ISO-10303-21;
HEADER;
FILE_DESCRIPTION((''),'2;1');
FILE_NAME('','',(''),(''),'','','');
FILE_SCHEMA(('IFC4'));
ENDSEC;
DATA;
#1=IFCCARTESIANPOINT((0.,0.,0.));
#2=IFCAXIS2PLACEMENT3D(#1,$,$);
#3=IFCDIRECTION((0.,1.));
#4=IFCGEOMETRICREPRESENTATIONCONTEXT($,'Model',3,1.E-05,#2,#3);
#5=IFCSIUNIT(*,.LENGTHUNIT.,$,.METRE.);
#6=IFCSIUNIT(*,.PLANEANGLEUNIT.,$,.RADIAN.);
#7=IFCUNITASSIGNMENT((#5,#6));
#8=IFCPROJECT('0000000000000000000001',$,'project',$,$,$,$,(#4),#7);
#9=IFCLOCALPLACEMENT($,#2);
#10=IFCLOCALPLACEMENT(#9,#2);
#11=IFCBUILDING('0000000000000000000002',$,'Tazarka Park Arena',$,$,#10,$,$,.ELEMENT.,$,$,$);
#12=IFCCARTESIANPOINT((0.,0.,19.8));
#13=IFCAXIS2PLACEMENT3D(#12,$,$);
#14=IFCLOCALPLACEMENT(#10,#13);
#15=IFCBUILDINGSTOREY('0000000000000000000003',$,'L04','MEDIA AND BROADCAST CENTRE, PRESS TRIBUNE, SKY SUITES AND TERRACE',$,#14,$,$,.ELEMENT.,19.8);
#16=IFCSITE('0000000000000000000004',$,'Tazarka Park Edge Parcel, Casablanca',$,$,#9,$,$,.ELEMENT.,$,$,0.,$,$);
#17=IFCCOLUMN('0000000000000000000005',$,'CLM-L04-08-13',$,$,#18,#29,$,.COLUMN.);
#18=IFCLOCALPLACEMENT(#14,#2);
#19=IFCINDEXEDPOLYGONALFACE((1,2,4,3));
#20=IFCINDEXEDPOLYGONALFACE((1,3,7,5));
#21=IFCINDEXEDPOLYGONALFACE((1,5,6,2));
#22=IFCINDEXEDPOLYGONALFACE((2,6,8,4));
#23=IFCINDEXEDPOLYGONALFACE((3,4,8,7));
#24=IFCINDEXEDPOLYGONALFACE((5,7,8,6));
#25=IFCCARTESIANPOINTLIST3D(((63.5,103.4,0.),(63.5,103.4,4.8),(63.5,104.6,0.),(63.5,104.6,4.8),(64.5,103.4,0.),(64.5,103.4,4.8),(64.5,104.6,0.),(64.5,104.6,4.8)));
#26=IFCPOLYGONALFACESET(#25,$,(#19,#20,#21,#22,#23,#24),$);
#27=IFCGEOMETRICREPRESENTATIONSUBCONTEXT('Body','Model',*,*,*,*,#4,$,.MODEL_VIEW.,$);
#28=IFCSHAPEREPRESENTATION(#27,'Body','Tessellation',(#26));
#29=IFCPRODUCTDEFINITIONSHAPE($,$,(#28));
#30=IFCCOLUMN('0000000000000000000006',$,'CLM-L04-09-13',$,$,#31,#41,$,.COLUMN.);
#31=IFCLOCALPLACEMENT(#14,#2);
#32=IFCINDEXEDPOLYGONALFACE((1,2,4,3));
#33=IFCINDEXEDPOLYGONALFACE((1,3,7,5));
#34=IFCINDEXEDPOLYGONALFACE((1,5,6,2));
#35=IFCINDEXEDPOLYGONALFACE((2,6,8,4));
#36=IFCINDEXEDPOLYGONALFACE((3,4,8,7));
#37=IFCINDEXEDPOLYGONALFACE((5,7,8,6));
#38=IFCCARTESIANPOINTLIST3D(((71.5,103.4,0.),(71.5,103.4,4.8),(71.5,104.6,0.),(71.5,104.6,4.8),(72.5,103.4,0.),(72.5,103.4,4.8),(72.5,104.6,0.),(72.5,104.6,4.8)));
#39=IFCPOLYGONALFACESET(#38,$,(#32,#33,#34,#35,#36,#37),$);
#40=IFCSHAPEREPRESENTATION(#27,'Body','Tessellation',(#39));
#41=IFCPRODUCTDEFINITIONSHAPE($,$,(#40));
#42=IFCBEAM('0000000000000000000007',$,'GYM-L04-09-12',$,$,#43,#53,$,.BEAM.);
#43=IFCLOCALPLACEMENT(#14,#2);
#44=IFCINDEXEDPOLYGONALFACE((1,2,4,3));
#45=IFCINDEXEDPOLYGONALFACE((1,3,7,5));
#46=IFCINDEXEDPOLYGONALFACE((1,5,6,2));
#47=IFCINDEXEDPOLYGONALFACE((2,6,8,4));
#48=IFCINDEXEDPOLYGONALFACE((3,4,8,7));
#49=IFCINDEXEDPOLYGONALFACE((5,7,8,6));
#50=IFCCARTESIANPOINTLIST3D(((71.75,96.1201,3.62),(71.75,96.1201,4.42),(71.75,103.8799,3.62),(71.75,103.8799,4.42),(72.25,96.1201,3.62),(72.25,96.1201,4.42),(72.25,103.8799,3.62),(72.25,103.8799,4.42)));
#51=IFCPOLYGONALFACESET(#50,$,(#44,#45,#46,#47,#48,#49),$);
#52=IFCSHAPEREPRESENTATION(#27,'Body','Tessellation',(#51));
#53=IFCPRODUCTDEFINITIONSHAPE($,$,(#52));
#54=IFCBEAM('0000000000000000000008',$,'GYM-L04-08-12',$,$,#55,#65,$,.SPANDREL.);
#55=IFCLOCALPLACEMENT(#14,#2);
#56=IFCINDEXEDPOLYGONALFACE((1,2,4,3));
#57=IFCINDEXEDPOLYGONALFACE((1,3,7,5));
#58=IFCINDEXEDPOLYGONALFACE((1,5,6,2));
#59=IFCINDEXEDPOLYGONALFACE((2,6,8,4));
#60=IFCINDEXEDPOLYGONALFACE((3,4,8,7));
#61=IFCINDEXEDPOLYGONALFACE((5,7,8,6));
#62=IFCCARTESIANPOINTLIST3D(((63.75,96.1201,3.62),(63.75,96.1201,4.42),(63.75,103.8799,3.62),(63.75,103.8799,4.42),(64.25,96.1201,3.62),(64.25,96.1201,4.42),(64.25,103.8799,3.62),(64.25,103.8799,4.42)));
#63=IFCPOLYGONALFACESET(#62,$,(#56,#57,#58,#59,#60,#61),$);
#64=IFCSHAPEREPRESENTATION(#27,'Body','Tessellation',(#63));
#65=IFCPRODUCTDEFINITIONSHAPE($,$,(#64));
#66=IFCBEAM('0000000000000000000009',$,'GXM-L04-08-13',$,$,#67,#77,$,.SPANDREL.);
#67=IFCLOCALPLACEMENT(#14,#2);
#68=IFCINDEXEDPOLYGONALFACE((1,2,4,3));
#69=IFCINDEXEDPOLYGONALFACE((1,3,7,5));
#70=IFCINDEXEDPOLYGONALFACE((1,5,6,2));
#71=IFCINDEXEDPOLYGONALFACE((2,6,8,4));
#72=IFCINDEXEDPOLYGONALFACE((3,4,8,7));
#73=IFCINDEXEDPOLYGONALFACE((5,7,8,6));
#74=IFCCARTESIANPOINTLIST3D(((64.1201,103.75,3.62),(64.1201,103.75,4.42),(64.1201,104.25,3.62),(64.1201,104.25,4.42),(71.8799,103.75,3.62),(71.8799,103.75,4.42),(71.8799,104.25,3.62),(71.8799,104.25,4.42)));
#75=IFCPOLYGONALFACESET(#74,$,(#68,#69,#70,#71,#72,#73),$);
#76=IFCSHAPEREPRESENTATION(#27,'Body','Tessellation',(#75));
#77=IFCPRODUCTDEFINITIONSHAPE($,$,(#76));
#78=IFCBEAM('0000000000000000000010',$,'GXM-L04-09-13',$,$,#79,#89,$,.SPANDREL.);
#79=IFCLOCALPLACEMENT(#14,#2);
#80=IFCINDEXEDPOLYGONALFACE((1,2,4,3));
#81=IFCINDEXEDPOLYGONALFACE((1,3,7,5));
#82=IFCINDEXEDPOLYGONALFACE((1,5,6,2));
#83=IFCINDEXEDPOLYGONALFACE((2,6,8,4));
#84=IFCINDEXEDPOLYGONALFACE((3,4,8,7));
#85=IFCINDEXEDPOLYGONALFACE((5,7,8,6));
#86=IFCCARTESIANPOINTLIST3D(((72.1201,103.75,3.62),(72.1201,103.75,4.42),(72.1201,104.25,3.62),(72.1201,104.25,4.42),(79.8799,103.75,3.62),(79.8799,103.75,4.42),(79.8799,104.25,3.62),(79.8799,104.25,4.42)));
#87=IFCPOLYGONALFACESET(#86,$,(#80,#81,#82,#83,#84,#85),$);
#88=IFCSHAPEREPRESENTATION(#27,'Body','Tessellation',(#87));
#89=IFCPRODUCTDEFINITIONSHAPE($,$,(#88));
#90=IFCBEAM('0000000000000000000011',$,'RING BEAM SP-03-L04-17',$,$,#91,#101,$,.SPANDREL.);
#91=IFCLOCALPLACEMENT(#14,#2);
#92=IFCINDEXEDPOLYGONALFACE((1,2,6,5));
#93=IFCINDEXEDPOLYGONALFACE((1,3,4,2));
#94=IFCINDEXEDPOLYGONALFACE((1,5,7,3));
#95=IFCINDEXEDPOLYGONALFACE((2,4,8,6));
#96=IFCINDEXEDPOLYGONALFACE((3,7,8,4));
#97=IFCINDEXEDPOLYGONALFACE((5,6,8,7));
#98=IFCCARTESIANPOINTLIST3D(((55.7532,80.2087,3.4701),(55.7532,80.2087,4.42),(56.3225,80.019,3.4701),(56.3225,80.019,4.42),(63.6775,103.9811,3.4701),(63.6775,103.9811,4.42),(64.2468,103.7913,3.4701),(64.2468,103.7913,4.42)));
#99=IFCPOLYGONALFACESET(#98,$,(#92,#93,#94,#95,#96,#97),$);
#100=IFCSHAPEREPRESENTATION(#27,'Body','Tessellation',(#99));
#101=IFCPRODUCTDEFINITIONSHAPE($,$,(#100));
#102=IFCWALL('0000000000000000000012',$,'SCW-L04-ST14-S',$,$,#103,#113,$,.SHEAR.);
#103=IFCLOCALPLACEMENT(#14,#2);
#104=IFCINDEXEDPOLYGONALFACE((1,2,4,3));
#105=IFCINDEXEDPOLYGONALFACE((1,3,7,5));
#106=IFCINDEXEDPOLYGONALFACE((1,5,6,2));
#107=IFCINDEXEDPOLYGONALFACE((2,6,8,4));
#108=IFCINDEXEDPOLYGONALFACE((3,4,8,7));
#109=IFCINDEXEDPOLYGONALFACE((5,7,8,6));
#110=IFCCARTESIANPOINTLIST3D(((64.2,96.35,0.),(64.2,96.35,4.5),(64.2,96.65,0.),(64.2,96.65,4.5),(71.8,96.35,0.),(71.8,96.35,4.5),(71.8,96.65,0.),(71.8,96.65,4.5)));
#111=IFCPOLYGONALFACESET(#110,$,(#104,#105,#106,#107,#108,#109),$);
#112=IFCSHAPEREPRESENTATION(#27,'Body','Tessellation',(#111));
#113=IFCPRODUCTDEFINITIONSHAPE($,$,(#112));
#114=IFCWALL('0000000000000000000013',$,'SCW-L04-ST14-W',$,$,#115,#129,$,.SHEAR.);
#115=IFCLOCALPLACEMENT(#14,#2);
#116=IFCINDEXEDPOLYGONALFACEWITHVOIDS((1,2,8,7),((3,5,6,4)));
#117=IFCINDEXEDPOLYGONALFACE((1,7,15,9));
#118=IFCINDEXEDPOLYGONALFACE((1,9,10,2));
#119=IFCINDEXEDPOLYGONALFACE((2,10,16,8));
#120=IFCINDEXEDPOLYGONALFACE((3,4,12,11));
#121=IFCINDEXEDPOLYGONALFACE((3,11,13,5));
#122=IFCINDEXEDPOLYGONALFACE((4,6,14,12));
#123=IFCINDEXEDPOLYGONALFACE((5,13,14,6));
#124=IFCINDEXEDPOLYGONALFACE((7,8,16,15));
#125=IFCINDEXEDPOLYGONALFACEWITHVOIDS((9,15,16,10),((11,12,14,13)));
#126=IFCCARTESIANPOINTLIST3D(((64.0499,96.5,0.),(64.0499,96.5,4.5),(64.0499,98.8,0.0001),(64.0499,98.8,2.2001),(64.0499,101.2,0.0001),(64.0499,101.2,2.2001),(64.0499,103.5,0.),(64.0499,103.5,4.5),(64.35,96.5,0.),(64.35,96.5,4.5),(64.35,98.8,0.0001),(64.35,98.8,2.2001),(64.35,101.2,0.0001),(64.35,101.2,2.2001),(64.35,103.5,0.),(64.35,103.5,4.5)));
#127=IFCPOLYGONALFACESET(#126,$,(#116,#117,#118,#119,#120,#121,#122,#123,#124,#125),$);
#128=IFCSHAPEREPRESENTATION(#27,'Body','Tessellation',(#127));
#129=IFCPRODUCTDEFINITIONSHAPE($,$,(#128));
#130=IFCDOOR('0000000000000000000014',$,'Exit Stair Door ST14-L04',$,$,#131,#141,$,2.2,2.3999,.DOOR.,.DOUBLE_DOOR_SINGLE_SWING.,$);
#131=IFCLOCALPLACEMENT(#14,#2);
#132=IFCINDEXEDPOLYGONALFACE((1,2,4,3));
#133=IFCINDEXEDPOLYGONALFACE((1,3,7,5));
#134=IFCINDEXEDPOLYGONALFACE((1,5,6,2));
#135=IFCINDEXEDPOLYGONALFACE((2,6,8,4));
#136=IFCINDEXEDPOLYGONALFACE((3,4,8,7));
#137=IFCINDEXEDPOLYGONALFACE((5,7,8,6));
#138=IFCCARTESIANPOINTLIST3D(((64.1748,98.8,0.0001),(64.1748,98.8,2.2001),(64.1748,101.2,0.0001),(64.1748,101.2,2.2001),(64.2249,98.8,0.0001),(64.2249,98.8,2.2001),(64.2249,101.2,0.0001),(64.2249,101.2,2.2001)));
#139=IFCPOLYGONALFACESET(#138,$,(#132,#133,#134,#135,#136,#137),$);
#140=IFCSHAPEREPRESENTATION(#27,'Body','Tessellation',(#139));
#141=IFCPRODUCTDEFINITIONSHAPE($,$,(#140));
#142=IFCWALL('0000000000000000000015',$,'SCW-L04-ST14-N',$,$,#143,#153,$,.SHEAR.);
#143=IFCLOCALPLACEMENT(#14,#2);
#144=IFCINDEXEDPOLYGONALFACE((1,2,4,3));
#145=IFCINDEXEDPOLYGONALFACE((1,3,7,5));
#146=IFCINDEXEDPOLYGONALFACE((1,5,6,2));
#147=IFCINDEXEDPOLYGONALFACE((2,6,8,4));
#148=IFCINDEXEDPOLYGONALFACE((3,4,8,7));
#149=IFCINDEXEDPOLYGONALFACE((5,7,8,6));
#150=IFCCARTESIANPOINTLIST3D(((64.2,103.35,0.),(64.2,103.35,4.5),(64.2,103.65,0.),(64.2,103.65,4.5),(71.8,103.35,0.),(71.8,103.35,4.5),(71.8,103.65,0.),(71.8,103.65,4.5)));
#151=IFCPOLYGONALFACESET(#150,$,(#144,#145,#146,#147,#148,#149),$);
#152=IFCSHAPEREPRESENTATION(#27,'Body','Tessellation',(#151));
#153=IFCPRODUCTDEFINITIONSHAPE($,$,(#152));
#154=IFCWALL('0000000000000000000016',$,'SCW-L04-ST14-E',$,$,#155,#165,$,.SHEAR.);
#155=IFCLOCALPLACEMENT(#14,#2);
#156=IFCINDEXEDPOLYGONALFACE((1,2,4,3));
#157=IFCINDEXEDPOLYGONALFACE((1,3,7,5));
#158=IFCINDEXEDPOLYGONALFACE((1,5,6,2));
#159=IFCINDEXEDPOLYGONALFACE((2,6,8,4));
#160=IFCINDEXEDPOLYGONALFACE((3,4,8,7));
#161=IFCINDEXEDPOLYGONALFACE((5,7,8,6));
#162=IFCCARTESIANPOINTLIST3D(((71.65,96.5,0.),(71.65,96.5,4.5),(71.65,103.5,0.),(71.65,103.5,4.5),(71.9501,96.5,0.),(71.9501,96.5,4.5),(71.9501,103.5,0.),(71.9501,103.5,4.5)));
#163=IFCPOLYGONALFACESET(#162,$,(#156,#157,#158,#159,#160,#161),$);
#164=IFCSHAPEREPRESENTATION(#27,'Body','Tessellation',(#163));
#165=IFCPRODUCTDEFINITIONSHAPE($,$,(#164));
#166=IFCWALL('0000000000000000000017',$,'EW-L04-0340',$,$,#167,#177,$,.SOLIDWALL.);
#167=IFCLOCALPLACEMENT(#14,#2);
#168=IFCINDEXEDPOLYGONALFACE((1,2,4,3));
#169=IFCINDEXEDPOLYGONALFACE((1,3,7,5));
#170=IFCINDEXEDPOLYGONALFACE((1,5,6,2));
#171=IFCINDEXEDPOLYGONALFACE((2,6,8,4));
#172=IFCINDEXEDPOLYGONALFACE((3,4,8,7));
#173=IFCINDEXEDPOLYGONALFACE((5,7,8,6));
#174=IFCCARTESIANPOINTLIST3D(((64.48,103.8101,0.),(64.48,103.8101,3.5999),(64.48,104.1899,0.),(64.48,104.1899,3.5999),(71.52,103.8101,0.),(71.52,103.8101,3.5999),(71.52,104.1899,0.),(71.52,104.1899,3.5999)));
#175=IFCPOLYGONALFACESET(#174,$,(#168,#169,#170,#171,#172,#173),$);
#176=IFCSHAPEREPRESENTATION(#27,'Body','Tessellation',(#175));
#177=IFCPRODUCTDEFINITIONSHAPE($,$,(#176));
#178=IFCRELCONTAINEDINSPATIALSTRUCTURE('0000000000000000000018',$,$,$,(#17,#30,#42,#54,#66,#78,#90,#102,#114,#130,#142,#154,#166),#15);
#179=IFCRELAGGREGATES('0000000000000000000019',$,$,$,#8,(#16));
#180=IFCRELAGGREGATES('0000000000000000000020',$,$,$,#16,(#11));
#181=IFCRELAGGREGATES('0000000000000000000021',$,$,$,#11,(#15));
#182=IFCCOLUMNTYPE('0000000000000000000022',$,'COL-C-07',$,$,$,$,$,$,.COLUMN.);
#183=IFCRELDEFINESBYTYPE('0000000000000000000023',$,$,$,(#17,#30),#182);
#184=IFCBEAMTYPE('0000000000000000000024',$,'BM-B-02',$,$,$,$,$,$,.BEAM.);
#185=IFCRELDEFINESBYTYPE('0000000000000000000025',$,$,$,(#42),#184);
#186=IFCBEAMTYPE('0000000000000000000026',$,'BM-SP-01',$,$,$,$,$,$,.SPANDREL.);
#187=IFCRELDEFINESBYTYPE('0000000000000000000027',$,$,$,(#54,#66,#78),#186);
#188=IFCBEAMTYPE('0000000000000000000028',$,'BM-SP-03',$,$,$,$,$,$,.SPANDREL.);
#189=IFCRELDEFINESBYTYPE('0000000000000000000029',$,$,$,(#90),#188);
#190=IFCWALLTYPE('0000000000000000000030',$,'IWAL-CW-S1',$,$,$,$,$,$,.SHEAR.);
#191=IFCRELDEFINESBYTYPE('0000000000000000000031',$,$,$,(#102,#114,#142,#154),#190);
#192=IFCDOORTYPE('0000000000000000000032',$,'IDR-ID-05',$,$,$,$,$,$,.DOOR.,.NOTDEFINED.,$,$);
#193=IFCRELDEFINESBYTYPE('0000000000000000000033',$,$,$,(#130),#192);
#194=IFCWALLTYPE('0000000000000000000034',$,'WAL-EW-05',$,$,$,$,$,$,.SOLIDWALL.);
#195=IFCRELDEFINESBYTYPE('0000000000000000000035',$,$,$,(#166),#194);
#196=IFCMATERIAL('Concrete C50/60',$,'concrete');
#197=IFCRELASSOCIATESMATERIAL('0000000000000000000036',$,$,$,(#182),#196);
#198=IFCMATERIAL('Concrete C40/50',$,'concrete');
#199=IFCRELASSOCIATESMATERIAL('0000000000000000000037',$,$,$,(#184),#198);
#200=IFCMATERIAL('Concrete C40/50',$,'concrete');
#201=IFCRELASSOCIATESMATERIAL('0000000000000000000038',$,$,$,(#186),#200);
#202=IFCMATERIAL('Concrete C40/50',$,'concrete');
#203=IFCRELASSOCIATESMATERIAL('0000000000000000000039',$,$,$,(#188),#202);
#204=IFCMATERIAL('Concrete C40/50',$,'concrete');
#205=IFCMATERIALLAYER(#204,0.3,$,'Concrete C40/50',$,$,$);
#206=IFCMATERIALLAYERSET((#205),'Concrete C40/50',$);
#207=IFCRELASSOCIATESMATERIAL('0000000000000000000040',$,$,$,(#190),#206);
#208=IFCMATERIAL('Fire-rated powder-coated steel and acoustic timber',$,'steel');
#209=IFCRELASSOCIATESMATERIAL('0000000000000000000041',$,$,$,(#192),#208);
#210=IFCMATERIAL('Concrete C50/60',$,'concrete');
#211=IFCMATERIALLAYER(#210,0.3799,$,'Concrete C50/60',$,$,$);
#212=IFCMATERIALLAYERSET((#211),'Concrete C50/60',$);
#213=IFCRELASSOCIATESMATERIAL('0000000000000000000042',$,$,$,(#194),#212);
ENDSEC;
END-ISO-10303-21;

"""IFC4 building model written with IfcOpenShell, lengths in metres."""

from ifc_helpers import new_model, si_unit, direction, frame, frame_2d, origin, origin_2d, place, context, subcontext, project, spatial, rectangle, extrude, material, layer, layer_set, material_profile, profile_set, type_object, element, fill, save


model = new_model("IFC4")

# Units and contexts
model_context = context("Model", 3, precision=1e-05, world=origin(), true_north=direction((0.0, 1.0)))
body_context = subcontext(model_context, "Body", "Model", "MODEL_VIEW")
ifc_project = project(units=[si_unit("LENGTHUNIT", "METRE"), si_unit("PLANEANGLEUNIT", "RADIAN")], contexts=[model_context])

# Site, building, storey
site_placement = place(None, origin())
site = spatial("IfcSite", under=ifc_project, at=site_placement, Name="Tazarka Park Edge Parcel, Casablanca", CompositionType="ELEMENT", RefElevation=0.0)
building_placement = place(site_placement, origin())
building = spatial("IfcBuilding", under=site, at=building_placement, Name="Tazarka Park Arena", CompositionType="ELEMENT")
storey_placement = place(building_placement, frame((0.0, 0.0, 19.8)))
storey = spatial("IfcBuildingStorey", under=building, at=storey_placement, Name="L04", Description="MEDIA AND BROADCAST CENTRE, PRESS TRIBUNE, SKY SUITES AND TERRACE", CompositionType="ELEMENT", Elevation=19.8)

# Columns
ifc_material_1 = material(Name="Concrete C50/60", Category="concrete")
ifc_material_profile_1 = material_profile(ifc_material_1, rectangle(XDim=1.0, YDim=1.2, at=origin_2d()), Name="Concrete C50/60")
ifc_profile_set_1 = profile_set([ifc_material_profile_1], Name="Concrete C50/60")
column_type = type_object("IfcColumnType", Name="COL-C-07", PredefinedType="COLUMN", material=ifc_profile_set_1)
for number, where, z_axis, x_axis, name in (
    (1, (64.0, 104.0, 0.0), (0.0, 0.0, 1.0), (1.0, 0.0, 0.0), "CLM-L04-08-13"),
    (2, (72.0, 104.0, 0.0), (0.0, 0.0, 1.0), (1.0, 0.0, 0.0), "CLM-L04-09-13"),
):
    element("IfcColumn", number, at=place(storey_placement, frame(where, z_axis=z_axis, x_axis=x_axis)), inside=storey, type_object=column_type, Name=name, PredefinedType="COLUMN", context=body_context, shape_type="SweptSolid", body=[
        extrude(rectangle(XDim=1.0, YDim=1.2, at=origin_2d()), origin(), (0.0, 0.0, 1.0), 4.8),
    ])

# Beams
ifc_material_2 = material(Name="Concrete C40/50", Category="concrete")
ifc_material_profile_2 = material_profile(ifc_material_2, rectangle(XDim=0.5, YDim=0.8, at=origin_2d()), Name="Concrete C40/50")
ifc_profile_set_2 = profile_set([ifc_material_profile_2], Name="Concrete C40/50")
beam_type_1 = type_object("IfcBeamType", Name="BM-B-02", PredefinedType="BEAM", material=ifc_profile_set_2)
beam_1_placement = place(storey_placement, frame((72.0, 96.1201, 4.02), z_axis=(0.0, 1.0, 0.0), x_axis=(-1.0, 0.0, 0.0)))
element("IfcBeam", 3, at=beam_1_placement, inside=storey, type_object=beam_type_1, Name="GYM-L04-09-12", PredefinedType="BEAM", context=body_context, shape_type="SweptSolid", body=[
    extrude(rectangle(XDim=0.5, YDim=0.8, at=origin_2d()), origin(), (0.0, 0.0, 1.0), 7.7598),
])
ifc_material_3 = material(Name="Concrete C40/50", Category="concrete")
ifc_material_profile_3 = material_profile(ifc_material_3, rectangle(XDim=0.5, YDim=0.8, at=origin_2d()), Name="Concrete C40/50")
ifc_profile_set_3 = profile_set([ifc_material_profile_3], Name="Concrete C40/50")
beam_type_2 = type_object("IfcBeamType", Name="BM-SP-01", PredefinedType="SPANDREL", material=ifc_profile_set_3)
for number, where, z_axis, x_axis, name in (
    (4, (64.0, 96.1201, 4.02), (0.0, 1.0, 0.0), (-1.0, 0.0, 0.0), "GYM-L04-08-12"),
    (5, (64.1201, 104.0, 4.02), (1.0, 0.0, 0.0), (0.0, 1.0, 0.0), "GXM-L04-08-13"),
    (6, (72.1201, 104.0, 4.02), (1.0, 0.0, 0.0), (0.0, 1.0, 0.0), "GXM-L04-09-13"),
):
    element("IfcBeam", number, at=place(storey_placement, frame(where, z_axis=z_axis, x_axis=x_axis)), inside=storey, type_object=beam_type_2, Name=name, PredefinedType="SPANDREL", context=body_context, shape_type="SweptSolid", body=[
        extrude(rectangle(XDim=0.5, YDim=0.8, at=origin_2d()), origin(), (0.0, 0.0, 1.0), 7.7598),
    ])
ifc_material_4 = material(Name="Concrete C40/50", Category="concrete")
ifc_material_profile_4 = material_profile(ifc_material_4, rectangle(XDim=0.6001, YDim=0.95, at=origin_2d()), Name="Concrete C40/50")
ifc_profile_set_4 = profile_set([ifc_material_profile_4], Name="Concrete C40/50")
beam_type_3 = type_object("IfcBeamType", Name="BM-SP-03", PredefinedType="SPANDREL", material=ifc_profile_set_4)
beam_2_placement = place(storey_placement, frame((63.9622, 103.8862, 3.9451), z_axis=(-0.316234, -0.948681, 0.0), x_axis=(0.948681, -0.316234, 0.0)))
element("IfcBeam", 7, at=beam_2_placement, inside=storey, type_object=beam_type_3, Name="RING BEAM SP-03-L04-17", PredefinedType="SPANDREL", context=body_context, shape_type="SweptSolid", body=[
    extrude(rectangle(XDim=0.6001, YDim=0.95, at=origin_2d()), origin(), (0.0, 0.0, 1.0), 25.0583),
])

# Wall
ifc_material_5 = material(Name="Concrete C40/50", Category="concrete")
ifc_layer_1 = layer(ifc_material_5, 0.3, Name="Concrete C40/50")
ifc_layer_set_1 = layer_set([ifc_layer_1], Name="Concrete C40/50")
wall_type_1 = type_object("IfcWallType", Name="IWAL-CW-S1", PredefinedType="SHEAR", material=ifc_layer_set_1)
wall_1_placement = place(storey_placement, frame((71.8, 96.5, 0.0), z_axis=(0.0, 0.0, 1.0), x_axis=(-1.0, 0.0, 0.0)))
element("IfcWall", 8, at=wall_1_placement, inside=storey, type_object=wall_type_1, Name="SCW-L04-ST14-S", PredefinedType="SHEAR", context=body_context, shape_type="SweptSolid", body=[
    extrude(rectangle(XDim=7.6001, YDim=0.3, at=frame_2d((3.8, 0.0))), origin(), (0.0, 0.0, 1.0), 4.5),
])

# Wall, opening, door
wall_2_placement = place(storey_placement, frame((64.2, 96.5, 0.0), z_axis=(0.0, 0.0, 1.0), x_axis=(0.0, 1.0, 0.0)))
wall_2 = element("IfcWall", 9, at=wall_2_placement, inside=storey, type_object=wall_type_1, Name="SCW-L04-ST14-W", PredefinedType="SHEAR", context=body_context, shape_type="SweptSolid", body=[
    extrude(rectangle(XDim=7.0, YDim=0.3, at=frame_2d((3.5, 0.0))), origin(), (0.0, 0.0, 1.0), 4.5),
])
opening_placement = place(wall_2_placement, frame((2.3, 0.0, 0.0)))
opening = element("IfcOpeningElement", 10, at=opening_placement, cuts=wall_2, PredefinedType="OPENING", context=body_context, shape_type="SweptSolid", body=[
    extrude(rectangle(XDim=2.3999, YDim=2.2, at=frame_2d((1.2, 1.1001))), frame((0.0, 0.1602, 0.0), z_axis=(0.0, -1.0, 0.0), x_axis=(1.0, 0.0, 0.0)), (0.0, 0.0, 1.0), 0.3201),
])
ifc_material_6 = material(Name="Fire-rated powder-coated steel and acoustic timber", Category="steel")
door_type = type_object("IfcDoorType", Name="IDR-ID-05", OperationType="NOTDEFINED", PredefinedType="DOOR", material=ifc_material_6)
door_placement = place(opening_placement, frame((2.3999, 0.0, 0.0), z_axis=(0.0, 0.0, 1.0), x_axis=(-1.0, 0.0, 0.0)))
door = element("IfcDoor", 11, at=door_placement, inside=storey, type_object=door_type, Name="Exit Stair Door ST14-L04", OperationType="DOUBLE_DOOR_SINGLE_SWING", OverallHeight=2.2, OverallWidth=2.3999, PredefinedType="DOOR", context=body_context, shape_type="SweptSolid", body=[
    extrude(rectangle(XDim=2.3999, YDim=2.2, at=frame_2d((1.2, 1.1001))), frame((0.0, 0.0249, 0.0), z_axis=(0.0, -1.0, 0.0), x_axis=(1.0, 0.0, 0.0)), (0.0, 0.0, 1.0), 0.05),
])
fill(opening, door)

# Walls
wall_3_placement = place(storey_placement, frame((64.2, 103.5, 0.0), z_axis=(0.0, 0.0, 1.0), x_axis=(1.0, 0.0, 0.0)))
element("IfcWall", 12, at=wall_3_placement, inside=storey, type_object=wall_type_1, Name="SCW-L04-ST14-N", PredefinedType="SHEAR", context=body_context, shape_type="SweptSolid", body=[
    extrude(rectangle(XDim=7.6001, YDim=0.3, at=frame_2d((3.8, 0.0))), origin(), (0.0, 0.0, 1.0), 4.5),
])
wall_4_placement = place(storey_placement, frame((71.8, 103.5, 0.0), z_axis=(0.0, 0.0, 1.0), x_axis=(0.0, -1.0, 0.0)))
element("IfcWall", 13, at=wall_4_placement, inside=storey, type_object=wall_type_1, Name="SCW-L04-ST14-E", PredefinedType="SHEAR", context=body_context, shape_type="SweptSolid", body=[
    extrude(rectangle(XDim=7.0, YDim=0.3, at=frame_2d((3.5, 0.0))), origin(), (0.0, 0.0, 1.0), 4.5),
])
ifc_material_7 = material(Name="Concrete C50/60", Category="concrete")
ifc_layer_2 = layer(ifc_material_7, 0.3799, Name="Concrete C50/60")
ifc_layer_set_2 = layer_set([ifc_layer_2], Name="Concrete C50/60")
wall_type_2 = type_object("IfcWallType", Name="WAL-EW-05", PredefinedType="SOLIDWALL", material=ifc_layer_set_2)
wall_5_placement = place(storey_placement, frame((64.48, 104.0, 0.0), z_axis=(0.0, 0.0, 1.0), x_axis=(1.0, 0.0, 0.0)))
element("IfcWall", 14, at=wall_5_placement, inside=storey, type_object=wall_type_2, Name="EW-L04-0340", PredefinedType="SOLIDWALL", context=body_context, shape_type="SweptSolid", body=[
    extrude(rectangle(XDim=7.04, YDim=0.3799, at=frame_2d((3.52, 0.0))), origin(), (0.0, 0.0, 1.0), 3.5999),
])

save(model, "model.ifc")
